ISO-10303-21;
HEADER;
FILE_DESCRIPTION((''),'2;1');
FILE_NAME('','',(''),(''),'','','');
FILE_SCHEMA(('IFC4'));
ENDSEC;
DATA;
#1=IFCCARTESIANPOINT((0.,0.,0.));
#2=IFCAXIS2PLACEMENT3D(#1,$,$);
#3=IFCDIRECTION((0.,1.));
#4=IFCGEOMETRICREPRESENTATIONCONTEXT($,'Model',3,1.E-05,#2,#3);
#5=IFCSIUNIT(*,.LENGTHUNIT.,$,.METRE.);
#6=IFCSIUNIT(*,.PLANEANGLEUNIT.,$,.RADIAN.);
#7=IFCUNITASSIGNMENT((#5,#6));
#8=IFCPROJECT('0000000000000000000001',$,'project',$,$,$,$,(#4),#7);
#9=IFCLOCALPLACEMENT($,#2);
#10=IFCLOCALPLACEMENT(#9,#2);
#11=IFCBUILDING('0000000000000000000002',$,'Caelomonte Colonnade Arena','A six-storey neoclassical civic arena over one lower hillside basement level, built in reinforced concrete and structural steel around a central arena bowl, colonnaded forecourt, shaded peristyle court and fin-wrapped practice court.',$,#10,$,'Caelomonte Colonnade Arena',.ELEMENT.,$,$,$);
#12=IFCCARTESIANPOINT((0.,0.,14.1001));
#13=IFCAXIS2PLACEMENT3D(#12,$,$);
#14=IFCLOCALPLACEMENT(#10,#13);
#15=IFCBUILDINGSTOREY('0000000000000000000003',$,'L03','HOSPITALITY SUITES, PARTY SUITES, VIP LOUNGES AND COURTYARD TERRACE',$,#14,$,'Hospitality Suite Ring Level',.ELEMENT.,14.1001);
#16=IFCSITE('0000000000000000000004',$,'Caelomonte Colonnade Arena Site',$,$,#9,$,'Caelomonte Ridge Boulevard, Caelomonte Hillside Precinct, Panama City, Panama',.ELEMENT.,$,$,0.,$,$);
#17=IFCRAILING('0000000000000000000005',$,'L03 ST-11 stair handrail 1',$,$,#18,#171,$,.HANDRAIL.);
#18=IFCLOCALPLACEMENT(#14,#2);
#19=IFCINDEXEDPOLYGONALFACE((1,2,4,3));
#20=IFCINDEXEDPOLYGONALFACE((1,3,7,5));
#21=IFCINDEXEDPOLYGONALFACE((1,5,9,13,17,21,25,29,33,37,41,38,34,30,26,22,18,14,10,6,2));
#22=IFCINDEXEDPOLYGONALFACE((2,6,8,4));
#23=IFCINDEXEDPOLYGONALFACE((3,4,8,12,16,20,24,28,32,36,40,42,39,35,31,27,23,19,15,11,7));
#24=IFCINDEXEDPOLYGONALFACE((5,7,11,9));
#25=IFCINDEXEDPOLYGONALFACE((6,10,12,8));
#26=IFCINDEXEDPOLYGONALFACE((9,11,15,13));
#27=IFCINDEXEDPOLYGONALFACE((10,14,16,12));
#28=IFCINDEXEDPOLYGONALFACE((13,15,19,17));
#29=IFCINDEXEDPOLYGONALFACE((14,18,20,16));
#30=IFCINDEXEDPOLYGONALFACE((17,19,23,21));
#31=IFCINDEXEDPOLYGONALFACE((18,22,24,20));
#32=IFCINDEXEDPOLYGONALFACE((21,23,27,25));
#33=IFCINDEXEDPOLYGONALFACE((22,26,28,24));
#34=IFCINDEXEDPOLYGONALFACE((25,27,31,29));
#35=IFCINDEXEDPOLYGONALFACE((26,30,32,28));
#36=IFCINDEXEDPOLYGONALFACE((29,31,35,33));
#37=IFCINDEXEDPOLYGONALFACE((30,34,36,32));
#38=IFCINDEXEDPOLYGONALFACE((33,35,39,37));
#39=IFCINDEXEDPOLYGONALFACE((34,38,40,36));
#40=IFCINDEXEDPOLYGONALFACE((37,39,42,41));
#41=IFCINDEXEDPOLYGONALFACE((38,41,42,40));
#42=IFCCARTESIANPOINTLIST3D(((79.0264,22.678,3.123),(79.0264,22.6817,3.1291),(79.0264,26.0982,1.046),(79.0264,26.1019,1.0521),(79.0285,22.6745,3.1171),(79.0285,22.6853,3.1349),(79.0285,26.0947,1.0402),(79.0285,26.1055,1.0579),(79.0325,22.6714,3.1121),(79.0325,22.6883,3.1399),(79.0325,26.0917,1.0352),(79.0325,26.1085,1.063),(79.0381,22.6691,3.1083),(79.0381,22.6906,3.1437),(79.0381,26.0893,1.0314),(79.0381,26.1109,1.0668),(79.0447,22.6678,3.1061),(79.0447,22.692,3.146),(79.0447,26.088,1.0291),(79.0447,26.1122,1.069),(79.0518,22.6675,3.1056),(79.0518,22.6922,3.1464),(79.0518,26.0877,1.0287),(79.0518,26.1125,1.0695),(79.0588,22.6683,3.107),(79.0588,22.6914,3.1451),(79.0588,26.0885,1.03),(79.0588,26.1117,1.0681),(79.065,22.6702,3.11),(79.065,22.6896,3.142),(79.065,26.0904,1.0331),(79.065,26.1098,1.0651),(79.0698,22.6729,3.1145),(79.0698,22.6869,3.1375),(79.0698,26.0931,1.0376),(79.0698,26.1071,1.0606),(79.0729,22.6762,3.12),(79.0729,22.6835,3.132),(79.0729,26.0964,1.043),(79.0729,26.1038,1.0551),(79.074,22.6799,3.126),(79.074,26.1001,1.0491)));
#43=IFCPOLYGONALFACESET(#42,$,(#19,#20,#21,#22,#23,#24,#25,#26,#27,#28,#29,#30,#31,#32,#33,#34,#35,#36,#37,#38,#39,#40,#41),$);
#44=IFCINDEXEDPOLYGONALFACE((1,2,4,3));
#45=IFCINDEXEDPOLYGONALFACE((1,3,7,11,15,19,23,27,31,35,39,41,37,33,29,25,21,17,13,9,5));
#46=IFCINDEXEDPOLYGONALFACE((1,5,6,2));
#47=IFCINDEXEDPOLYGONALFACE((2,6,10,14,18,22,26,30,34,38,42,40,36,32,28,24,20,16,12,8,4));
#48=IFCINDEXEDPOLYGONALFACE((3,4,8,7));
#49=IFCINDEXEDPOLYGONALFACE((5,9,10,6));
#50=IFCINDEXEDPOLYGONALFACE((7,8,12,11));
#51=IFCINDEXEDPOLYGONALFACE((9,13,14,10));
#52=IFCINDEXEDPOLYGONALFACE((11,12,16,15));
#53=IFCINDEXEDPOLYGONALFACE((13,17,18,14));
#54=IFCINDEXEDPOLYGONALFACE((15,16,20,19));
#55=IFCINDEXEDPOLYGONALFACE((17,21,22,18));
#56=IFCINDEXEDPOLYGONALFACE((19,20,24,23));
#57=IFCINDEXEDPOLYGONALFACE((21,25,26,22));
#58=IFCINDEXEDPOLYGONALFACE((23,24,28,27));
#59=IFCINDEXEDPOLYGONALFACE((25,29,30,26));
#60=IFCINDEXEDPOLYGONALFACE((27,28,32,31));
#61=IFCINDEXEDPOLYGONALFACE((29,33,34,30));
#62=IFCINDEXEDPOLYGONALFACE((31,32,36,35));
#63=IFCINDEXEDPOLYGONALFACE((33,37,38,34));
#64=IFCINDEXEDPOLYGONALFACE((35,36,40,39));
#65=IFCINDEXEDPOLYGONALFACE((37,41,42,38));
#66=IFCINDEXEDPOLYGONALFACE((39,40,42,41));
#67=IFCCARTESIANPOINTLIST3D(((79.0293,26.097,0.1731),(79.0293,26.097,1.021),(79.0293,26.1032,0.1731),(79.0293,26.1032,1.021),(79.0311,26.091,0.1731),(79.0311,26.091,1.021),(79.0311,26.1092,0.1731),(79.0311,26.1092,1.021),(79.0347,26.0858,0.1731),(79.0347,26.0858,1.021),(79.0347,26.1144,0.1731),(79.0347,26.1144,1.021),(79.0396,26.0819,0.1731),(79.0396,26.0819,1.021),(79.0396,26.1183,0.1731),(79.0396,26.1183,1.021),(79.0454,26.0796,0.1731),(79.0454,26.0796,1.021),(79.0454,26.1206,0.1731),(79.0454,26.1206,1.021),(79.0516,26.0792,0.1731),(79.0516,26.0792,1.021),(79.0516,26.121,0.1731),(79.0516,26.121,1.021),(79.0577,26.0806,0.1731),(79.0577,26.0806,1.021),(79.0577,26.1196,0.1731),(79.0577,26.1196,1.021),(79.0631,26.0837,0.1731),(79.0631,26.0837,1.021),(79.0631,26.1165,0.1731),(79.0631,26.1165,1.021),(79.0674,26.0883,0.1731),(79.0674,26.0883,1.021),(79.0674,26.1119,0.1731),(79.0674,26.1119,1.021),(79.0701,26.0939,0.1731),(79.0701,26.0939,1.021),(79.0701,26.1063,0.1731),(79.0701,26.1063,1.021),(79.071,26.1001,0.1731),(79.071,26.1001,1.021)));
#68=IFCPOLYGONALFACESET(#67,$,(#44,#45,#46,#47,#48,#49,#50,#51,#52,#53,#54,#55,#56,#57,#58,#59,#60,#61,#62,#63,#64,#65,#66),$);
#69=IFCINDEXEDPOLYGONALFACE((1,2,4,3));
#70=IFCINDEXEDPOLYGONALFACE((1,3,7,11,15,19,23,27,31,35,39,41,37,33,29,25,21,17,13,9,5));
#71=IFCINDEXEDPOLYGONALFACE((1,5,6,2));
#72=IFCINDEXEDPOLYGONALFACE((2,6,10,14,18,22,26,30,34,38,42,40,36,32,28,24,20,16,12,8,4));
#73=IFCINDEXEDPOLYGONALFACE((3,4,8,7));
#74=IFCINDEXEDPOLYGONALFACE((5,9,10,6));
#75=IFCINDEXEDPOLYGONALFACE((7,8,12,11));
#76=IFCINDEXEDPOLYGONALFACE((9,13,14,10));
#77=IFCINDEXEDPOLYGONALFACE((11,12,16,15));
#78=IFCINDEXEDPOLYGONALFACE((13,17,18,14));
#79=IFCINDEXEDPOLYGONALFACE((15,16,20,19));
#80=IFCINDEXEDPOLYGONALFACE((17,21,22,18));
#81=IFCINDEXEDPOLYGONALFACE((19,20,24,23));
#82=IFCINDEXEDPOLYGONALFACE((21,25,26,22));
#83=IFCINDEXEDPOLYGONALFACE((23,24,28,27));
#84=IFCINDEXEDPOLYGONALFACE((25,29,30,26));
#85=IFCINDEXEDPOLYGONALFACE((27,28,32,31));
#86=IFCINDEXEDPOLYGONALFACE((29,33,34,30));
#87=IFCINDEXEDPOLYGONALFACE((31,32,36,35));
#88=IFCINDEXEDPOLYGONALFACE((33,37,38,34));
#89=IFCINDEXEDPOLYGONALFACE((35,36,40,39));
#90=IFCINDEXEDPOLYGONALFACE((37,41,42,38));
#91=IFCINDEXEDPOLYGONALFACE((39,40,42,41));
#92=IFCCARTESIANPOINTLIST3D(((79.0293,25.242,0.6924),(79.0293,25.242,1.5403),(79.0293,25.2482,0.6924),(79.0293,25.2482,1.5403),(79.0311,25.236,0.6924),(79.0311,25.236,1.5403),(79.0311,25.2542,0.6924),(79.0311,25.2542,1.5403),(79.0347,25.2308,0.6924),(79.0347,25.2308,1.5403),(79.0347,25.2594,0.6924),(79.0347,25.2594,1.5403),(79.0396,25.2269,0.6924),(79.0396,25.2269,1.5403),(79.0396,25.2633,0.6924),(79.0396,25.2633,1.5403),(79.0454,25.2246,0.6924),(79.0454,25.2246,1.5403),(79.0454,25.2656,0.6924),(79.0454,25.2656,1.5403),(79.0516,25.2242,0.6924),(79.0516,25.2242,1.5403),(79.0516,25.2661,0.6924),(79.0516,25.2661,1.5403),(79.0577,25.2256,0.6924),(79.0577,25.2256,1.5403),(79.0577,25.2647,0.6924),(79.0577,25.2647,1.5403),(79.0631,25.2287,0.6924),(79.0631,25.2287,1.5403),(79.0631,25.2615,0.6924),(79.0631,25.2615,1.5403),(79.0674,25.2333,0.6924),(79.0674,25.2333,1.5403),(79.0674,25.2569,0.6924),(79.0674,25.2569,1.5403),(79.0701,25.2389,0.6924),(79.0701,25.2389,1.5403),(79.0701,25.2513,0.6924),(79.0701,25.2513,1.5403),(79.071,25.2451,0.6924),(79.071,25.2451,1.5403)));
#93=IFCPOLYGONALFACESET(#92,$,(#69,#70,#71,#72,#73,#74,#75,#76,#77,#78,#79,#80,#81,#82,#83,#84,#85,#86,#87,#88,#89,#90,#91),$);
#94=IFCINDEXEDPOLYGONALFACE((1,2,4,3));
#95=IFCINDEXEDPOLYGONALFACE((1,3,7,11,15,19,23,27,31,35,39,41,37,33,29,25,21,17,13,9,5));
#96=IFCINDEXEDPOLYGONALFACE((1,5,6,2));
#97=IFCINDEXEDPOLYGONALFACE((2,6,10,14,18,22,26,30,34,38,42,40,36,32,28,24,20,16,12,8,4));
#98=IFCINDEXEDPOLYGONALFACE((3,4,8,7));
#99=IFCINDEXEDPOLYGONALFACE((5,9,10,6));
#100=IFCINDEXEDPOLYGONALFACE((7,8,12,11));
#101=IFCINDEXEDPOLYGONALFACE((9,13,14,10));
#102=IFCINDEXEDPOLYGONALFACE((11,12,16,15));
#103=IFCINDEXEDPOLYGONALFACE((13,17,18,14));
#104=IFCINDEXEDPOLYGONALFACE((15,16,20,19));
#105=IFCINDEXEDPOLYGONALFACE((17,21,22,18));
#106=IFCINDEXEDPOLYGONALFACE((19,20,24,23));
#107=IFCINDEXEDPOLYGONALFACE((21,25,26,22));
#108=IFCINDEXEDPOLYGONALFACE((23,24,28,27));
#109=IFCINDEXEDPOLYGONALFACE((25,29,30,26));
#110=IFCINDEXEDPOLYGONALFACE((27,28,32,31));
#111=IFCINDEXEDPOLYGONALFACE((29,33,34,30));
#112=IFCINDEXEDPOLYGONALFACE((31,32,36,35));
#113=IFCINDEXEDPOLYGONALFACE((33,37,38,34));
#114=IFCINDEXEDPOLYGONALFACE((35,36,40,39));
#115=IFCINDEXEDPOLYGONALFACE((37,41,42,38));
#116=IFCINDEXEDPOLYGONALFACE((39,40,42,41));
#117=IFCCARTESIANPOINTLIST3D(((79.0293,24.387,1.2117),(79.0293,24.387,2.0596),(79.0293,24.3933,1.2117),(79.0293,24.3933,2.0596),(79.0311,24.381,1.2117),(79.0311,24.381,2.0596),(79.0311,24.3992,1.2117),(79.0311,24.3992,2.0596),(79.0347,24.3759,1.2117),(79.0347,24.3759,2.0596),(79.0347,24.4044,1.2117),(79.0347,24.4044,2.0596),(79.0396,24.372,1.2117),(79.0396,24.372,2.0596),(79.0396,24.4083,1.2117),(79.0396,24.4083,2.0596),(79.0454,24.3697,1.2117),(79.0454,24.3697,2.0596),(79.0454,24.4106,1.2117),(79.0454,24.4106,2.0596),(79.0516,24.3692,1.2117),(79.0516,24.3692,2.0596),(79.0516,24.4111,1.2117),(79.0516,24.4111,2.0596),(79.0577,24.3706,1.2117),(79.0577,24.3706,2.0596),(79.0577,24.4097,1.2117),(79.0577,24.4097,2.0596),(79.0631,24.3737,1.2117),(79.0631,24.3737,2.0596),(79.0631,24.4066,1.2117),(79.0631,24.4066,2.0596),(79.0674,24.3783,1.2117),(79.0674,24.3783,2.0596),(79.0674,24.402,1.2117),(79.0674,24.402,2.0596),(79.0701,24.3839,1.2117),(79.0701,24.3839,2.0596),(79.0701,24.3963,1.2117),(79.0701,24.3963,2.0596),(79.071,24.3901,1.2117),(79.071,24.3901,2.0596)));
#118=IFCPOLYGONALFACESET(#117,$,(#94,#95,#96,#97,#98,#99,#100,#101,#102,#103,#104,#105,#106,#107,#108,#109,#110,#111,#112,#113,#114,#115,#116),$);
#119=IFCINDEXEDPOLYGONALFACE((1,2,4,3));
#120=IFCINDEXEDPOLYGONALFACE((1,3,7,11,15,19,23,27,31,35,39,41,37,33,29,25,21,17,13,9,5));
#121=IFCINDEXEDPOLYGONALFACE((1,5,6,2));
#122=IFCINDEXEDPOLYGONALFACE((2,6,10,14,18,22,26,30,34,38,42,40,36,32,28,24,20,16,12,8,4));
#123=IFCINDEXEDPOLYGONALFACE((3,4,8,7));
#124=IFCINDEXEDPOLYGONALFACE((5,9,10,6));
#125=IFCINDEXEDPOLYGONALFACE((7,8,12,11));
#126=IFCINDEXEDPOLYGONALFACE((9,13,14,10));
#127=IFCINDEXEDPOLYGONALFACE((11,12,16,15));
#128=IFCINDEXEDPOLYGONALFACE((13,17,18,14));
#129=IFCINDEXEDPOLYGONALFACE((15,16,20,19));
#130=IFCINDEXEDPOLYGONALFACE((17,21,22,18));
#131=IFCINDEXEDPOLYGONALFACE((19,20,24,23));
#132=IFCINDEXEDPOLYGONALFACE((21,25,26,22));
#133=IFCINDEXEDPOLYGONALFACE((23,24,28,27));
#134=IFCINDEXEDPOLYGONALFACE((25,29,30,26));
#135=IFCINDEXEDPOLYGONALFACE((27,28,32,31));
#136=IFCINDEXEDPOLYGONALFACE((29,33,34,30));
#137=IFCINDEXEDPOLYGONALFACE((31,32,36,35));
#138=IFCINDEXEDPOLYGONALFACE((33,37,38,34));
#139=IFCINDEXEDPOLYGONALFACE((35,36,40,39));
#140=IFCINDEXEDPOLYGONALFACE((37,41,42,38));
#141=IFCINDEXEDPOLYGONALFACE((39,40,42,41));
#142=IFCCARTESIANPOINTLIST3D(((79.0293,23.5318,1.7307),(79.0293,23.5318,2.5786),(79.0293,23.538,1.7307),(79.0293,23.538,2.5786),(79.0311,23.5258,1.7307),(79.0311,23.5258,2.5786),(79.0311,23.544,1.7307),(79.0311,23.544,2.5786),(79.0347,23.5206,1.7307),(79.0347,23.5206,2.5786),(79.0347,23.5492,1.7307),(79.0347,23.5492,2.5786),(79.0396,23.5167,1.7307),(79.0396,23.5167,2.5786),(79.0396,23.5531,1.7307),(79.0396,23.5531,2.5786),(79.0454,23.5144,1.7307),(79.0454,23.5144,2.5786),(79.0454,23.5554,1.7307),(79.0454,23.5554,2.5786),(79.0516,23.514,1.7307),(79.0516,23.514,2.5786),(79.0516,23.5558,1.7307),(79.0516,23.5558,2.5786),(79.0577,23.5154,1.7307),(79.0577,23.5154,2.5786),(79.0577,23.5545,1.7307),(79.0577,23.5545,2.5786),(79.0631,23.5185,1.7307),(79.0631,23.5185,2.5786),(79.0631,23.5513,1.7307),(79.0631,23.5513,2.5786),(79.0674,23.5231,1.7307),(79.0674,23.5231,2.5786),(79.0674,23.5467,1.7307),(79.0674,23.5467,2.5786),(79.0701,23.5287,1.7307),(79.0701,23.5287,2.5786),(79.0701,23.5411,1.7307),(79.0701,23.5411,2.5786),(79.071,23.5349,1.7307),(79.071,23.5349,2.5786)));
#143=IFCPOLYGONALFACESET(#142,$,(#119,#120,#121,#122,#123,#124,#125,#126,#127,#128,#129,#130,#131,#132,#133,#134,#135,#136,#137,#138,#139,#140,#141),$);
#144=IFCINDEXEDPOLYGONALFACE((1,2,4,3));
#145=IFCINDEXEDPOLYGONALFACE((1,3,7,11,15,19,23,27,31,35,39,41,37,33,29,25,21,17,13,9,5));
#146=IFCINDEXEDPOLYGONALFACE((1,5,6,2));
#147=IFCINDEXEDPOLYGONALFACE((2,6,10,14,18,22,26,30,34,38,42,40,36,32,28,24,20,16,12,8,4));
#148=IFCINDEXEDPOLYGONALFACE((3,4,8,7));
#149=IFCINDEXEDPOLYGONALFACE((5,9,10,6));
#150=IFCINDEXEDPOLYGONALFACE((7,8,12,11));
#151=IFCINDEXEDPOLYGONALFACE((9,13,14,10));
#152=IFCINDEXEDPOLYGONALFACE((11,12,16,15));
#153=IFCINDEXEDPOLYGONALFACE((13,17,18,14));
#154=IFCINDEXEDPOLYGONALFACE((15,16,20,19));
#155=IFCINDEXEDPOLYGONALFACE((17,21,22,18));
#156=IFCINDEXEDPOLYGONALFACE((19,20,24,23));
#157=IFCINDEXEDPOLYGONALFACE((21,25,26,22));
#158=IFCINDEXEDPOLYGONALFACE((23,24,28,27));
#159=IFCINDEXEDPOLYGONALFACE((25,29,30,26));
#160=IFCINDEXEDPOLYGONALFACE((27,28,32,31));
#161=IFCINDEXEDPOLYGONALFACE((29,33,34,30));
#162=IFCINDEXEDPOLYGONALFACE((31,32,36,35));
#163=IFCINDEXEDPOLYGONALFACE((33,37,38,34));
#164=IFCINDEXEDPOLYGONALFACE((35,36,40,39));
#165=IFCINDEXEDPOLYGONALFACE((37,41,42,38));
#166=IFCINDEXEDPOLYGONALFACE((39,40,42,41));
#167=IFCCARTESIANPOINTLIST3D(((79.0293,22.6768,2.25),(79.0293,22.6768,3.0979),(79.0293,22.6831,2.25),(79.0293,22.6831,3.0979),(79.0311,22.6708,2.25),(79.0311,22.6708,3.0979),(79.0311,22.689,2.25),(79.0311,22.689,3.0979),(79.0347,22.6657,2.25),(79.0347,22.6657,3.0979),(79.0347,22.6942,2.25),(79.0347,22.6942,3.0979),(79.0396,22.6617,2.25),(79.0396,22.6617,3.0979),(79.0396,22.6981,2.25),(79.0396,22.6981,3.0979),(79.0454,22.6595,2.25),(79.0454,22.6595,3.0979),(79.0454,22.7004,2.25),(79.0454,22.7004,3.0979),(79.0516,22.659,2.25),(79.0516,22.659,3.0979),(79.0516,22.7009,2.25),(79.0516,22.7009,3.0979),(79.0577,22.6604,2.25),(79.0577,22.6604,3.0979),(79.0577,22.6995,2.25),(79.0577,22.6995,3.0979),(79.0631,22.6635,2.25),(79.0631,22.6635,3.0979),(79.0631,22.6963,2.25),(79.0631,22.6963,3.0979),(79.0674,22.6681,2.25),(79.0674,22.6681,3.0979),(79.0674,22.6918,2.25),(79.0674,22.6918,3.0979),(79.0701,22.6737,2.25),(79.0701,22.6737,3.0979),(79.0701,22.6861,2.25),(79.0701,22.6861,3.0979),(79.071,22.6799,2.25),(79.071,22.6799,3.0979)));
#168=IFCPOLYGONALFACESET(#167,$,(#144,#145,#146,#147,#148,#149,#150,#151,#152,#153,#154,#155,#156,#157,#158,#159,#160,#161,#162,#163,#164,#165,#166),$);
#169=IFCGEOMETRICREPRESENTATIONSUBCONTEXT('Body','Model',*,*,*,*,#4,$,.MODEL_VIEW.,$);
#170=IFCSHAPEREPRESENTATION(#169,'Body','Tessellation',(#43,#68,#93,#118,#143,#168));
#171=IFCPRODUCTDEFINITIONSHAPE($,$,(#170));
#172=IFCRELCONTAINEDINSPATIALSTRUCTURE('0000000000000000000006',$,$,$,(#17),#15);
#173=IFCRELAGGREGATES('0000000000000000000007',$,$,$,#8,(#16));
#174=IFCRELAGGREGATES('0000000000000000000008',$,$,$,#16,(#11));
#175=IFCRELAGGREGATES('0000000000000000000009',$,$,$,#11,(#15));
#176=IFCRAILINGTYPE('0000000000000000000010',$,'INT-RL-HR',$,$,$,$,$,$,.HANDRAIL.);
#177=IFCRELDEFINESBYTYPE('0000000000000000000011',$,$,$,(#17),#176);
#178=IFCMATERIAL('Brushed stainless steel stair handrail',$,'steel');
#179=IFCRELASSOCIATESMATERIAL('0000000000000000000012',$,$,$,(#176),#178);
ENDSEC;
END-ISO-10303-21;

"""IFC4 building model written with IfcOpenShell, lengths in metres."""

from ifc_helpers import new_model, si_unit, direction, frame, origin, origin_2d, place, context, subcontext, project, spatial, circle, extrude, material, type_object, element, save


model = new_model("IFC4")

# Units and contexts
model_context = context("Model", 3, precision=1e-05, world=origin(), true_north=direction((0.0, 1.0)))
body_context = subcontext(model_context, "Body", "Model", "MODEL_VIEW")
ifc_project = project(units=[si_unit("LENGTHUNIT", "METRE"), si_unit("PLANEANGLEUNIT", "RADIAN")], contexts=[model_context])

# Site, building, storey
site_placement = place(None, origin())
site = spatial("IfcSite", under=ifc_project, at=site_placement, Name="Caelomonte Colonnade Arena Site", LongName="Caelomonte Ridge Boulevard, Caelomonte Hillside Precinct, Panama City, Panama", CompositionType="ELEMENT", RefElevation=0.0)
building_placement = place(site_placement, origin())
building = spatial("IfcBuilding", under=site, at=building_placement, Name="Caelomonte Colonnade Arena", Description="A six-storey neoclassical civic arena over one lower hillside basement level, built in reinforced concrete and structural steel around a central arena bowl, colonnaded forecourt, shaded peristyle court and fin-wrapped practice court.", LongName="Caelomonte Colonnade Arena", CompositionType="ELEMENT")
storey_placement = place(building_placement, frame((0.0, 0.0, 14.1001)))
storey = spatial("IfcBuildingStorey", under=building, at=storey_placement, Name="L03", Description="HOSPITALITY SUITES, PARTY SUITES, VIP LOUNGES AND COURTYARD TERRACE", LongName="Hospitality Suite Ring Level", CompositionType="ELEMENT", Elevation=14.1001)

# Railing
ifc_material_1 = material(Name="Brushed stainless steel stair handrail", Category="steel")
railing_type_1 = type_object("IfcRailingType", Name="INT-RL-HR", PredefinedType="HANDRAIL", material=ifc_material_1)
railing_1_placement = place(storey_placement, frame((79.05, 26.1001, 0.1731)))
element("IfcRailing", 1, at=railing_1_placement, inside=storey, type_object=railing_type_1, Name="L03 ST-11 stair handrail 1", PredefinedType="HANDRAIL", context=body_context, shape_type="SweptSolid", body=[
    extrude(circle(Radius=0.0239, at=origin_2d()), frame((0.0, 0.0, 0.876), z_axis=(0.0, -0.854746, 0.519047), x_axis=(1.0, 0.0, 0.0)), (0.0, 0.0, 1.0), 4.0015),
    extrude(circle(Radius=0.021, at=origin_2d()), origin(), (0.0, 0.0, 1.0), 0.8479),
    extrude(circle(Radius=0.021, at=origin_2d()), frame((0.0, -0.855, 0.5193)), (0.0, 0.0, 1.0), 0.8479),
    extrude(circle(Radius=0.021, at=origin_2d()), frame((0.0, -1.71, 1.0386)), (0.0, 0.0, 1.0), 0.8479),
    extrude(circle(Radius=0.021, at=origin_2d()), frame((0.0, -2.5652, 1.5576)), (0.0, 0.0, 1.0), 0.8479),
    extrude(circle(Radius=0.021, at=origin_2d()), frame((0.0, -3.4202, 2.0769)), (0.0, 0.0, 1.0), 0.8479),
])

save(model, "model.ifc")
